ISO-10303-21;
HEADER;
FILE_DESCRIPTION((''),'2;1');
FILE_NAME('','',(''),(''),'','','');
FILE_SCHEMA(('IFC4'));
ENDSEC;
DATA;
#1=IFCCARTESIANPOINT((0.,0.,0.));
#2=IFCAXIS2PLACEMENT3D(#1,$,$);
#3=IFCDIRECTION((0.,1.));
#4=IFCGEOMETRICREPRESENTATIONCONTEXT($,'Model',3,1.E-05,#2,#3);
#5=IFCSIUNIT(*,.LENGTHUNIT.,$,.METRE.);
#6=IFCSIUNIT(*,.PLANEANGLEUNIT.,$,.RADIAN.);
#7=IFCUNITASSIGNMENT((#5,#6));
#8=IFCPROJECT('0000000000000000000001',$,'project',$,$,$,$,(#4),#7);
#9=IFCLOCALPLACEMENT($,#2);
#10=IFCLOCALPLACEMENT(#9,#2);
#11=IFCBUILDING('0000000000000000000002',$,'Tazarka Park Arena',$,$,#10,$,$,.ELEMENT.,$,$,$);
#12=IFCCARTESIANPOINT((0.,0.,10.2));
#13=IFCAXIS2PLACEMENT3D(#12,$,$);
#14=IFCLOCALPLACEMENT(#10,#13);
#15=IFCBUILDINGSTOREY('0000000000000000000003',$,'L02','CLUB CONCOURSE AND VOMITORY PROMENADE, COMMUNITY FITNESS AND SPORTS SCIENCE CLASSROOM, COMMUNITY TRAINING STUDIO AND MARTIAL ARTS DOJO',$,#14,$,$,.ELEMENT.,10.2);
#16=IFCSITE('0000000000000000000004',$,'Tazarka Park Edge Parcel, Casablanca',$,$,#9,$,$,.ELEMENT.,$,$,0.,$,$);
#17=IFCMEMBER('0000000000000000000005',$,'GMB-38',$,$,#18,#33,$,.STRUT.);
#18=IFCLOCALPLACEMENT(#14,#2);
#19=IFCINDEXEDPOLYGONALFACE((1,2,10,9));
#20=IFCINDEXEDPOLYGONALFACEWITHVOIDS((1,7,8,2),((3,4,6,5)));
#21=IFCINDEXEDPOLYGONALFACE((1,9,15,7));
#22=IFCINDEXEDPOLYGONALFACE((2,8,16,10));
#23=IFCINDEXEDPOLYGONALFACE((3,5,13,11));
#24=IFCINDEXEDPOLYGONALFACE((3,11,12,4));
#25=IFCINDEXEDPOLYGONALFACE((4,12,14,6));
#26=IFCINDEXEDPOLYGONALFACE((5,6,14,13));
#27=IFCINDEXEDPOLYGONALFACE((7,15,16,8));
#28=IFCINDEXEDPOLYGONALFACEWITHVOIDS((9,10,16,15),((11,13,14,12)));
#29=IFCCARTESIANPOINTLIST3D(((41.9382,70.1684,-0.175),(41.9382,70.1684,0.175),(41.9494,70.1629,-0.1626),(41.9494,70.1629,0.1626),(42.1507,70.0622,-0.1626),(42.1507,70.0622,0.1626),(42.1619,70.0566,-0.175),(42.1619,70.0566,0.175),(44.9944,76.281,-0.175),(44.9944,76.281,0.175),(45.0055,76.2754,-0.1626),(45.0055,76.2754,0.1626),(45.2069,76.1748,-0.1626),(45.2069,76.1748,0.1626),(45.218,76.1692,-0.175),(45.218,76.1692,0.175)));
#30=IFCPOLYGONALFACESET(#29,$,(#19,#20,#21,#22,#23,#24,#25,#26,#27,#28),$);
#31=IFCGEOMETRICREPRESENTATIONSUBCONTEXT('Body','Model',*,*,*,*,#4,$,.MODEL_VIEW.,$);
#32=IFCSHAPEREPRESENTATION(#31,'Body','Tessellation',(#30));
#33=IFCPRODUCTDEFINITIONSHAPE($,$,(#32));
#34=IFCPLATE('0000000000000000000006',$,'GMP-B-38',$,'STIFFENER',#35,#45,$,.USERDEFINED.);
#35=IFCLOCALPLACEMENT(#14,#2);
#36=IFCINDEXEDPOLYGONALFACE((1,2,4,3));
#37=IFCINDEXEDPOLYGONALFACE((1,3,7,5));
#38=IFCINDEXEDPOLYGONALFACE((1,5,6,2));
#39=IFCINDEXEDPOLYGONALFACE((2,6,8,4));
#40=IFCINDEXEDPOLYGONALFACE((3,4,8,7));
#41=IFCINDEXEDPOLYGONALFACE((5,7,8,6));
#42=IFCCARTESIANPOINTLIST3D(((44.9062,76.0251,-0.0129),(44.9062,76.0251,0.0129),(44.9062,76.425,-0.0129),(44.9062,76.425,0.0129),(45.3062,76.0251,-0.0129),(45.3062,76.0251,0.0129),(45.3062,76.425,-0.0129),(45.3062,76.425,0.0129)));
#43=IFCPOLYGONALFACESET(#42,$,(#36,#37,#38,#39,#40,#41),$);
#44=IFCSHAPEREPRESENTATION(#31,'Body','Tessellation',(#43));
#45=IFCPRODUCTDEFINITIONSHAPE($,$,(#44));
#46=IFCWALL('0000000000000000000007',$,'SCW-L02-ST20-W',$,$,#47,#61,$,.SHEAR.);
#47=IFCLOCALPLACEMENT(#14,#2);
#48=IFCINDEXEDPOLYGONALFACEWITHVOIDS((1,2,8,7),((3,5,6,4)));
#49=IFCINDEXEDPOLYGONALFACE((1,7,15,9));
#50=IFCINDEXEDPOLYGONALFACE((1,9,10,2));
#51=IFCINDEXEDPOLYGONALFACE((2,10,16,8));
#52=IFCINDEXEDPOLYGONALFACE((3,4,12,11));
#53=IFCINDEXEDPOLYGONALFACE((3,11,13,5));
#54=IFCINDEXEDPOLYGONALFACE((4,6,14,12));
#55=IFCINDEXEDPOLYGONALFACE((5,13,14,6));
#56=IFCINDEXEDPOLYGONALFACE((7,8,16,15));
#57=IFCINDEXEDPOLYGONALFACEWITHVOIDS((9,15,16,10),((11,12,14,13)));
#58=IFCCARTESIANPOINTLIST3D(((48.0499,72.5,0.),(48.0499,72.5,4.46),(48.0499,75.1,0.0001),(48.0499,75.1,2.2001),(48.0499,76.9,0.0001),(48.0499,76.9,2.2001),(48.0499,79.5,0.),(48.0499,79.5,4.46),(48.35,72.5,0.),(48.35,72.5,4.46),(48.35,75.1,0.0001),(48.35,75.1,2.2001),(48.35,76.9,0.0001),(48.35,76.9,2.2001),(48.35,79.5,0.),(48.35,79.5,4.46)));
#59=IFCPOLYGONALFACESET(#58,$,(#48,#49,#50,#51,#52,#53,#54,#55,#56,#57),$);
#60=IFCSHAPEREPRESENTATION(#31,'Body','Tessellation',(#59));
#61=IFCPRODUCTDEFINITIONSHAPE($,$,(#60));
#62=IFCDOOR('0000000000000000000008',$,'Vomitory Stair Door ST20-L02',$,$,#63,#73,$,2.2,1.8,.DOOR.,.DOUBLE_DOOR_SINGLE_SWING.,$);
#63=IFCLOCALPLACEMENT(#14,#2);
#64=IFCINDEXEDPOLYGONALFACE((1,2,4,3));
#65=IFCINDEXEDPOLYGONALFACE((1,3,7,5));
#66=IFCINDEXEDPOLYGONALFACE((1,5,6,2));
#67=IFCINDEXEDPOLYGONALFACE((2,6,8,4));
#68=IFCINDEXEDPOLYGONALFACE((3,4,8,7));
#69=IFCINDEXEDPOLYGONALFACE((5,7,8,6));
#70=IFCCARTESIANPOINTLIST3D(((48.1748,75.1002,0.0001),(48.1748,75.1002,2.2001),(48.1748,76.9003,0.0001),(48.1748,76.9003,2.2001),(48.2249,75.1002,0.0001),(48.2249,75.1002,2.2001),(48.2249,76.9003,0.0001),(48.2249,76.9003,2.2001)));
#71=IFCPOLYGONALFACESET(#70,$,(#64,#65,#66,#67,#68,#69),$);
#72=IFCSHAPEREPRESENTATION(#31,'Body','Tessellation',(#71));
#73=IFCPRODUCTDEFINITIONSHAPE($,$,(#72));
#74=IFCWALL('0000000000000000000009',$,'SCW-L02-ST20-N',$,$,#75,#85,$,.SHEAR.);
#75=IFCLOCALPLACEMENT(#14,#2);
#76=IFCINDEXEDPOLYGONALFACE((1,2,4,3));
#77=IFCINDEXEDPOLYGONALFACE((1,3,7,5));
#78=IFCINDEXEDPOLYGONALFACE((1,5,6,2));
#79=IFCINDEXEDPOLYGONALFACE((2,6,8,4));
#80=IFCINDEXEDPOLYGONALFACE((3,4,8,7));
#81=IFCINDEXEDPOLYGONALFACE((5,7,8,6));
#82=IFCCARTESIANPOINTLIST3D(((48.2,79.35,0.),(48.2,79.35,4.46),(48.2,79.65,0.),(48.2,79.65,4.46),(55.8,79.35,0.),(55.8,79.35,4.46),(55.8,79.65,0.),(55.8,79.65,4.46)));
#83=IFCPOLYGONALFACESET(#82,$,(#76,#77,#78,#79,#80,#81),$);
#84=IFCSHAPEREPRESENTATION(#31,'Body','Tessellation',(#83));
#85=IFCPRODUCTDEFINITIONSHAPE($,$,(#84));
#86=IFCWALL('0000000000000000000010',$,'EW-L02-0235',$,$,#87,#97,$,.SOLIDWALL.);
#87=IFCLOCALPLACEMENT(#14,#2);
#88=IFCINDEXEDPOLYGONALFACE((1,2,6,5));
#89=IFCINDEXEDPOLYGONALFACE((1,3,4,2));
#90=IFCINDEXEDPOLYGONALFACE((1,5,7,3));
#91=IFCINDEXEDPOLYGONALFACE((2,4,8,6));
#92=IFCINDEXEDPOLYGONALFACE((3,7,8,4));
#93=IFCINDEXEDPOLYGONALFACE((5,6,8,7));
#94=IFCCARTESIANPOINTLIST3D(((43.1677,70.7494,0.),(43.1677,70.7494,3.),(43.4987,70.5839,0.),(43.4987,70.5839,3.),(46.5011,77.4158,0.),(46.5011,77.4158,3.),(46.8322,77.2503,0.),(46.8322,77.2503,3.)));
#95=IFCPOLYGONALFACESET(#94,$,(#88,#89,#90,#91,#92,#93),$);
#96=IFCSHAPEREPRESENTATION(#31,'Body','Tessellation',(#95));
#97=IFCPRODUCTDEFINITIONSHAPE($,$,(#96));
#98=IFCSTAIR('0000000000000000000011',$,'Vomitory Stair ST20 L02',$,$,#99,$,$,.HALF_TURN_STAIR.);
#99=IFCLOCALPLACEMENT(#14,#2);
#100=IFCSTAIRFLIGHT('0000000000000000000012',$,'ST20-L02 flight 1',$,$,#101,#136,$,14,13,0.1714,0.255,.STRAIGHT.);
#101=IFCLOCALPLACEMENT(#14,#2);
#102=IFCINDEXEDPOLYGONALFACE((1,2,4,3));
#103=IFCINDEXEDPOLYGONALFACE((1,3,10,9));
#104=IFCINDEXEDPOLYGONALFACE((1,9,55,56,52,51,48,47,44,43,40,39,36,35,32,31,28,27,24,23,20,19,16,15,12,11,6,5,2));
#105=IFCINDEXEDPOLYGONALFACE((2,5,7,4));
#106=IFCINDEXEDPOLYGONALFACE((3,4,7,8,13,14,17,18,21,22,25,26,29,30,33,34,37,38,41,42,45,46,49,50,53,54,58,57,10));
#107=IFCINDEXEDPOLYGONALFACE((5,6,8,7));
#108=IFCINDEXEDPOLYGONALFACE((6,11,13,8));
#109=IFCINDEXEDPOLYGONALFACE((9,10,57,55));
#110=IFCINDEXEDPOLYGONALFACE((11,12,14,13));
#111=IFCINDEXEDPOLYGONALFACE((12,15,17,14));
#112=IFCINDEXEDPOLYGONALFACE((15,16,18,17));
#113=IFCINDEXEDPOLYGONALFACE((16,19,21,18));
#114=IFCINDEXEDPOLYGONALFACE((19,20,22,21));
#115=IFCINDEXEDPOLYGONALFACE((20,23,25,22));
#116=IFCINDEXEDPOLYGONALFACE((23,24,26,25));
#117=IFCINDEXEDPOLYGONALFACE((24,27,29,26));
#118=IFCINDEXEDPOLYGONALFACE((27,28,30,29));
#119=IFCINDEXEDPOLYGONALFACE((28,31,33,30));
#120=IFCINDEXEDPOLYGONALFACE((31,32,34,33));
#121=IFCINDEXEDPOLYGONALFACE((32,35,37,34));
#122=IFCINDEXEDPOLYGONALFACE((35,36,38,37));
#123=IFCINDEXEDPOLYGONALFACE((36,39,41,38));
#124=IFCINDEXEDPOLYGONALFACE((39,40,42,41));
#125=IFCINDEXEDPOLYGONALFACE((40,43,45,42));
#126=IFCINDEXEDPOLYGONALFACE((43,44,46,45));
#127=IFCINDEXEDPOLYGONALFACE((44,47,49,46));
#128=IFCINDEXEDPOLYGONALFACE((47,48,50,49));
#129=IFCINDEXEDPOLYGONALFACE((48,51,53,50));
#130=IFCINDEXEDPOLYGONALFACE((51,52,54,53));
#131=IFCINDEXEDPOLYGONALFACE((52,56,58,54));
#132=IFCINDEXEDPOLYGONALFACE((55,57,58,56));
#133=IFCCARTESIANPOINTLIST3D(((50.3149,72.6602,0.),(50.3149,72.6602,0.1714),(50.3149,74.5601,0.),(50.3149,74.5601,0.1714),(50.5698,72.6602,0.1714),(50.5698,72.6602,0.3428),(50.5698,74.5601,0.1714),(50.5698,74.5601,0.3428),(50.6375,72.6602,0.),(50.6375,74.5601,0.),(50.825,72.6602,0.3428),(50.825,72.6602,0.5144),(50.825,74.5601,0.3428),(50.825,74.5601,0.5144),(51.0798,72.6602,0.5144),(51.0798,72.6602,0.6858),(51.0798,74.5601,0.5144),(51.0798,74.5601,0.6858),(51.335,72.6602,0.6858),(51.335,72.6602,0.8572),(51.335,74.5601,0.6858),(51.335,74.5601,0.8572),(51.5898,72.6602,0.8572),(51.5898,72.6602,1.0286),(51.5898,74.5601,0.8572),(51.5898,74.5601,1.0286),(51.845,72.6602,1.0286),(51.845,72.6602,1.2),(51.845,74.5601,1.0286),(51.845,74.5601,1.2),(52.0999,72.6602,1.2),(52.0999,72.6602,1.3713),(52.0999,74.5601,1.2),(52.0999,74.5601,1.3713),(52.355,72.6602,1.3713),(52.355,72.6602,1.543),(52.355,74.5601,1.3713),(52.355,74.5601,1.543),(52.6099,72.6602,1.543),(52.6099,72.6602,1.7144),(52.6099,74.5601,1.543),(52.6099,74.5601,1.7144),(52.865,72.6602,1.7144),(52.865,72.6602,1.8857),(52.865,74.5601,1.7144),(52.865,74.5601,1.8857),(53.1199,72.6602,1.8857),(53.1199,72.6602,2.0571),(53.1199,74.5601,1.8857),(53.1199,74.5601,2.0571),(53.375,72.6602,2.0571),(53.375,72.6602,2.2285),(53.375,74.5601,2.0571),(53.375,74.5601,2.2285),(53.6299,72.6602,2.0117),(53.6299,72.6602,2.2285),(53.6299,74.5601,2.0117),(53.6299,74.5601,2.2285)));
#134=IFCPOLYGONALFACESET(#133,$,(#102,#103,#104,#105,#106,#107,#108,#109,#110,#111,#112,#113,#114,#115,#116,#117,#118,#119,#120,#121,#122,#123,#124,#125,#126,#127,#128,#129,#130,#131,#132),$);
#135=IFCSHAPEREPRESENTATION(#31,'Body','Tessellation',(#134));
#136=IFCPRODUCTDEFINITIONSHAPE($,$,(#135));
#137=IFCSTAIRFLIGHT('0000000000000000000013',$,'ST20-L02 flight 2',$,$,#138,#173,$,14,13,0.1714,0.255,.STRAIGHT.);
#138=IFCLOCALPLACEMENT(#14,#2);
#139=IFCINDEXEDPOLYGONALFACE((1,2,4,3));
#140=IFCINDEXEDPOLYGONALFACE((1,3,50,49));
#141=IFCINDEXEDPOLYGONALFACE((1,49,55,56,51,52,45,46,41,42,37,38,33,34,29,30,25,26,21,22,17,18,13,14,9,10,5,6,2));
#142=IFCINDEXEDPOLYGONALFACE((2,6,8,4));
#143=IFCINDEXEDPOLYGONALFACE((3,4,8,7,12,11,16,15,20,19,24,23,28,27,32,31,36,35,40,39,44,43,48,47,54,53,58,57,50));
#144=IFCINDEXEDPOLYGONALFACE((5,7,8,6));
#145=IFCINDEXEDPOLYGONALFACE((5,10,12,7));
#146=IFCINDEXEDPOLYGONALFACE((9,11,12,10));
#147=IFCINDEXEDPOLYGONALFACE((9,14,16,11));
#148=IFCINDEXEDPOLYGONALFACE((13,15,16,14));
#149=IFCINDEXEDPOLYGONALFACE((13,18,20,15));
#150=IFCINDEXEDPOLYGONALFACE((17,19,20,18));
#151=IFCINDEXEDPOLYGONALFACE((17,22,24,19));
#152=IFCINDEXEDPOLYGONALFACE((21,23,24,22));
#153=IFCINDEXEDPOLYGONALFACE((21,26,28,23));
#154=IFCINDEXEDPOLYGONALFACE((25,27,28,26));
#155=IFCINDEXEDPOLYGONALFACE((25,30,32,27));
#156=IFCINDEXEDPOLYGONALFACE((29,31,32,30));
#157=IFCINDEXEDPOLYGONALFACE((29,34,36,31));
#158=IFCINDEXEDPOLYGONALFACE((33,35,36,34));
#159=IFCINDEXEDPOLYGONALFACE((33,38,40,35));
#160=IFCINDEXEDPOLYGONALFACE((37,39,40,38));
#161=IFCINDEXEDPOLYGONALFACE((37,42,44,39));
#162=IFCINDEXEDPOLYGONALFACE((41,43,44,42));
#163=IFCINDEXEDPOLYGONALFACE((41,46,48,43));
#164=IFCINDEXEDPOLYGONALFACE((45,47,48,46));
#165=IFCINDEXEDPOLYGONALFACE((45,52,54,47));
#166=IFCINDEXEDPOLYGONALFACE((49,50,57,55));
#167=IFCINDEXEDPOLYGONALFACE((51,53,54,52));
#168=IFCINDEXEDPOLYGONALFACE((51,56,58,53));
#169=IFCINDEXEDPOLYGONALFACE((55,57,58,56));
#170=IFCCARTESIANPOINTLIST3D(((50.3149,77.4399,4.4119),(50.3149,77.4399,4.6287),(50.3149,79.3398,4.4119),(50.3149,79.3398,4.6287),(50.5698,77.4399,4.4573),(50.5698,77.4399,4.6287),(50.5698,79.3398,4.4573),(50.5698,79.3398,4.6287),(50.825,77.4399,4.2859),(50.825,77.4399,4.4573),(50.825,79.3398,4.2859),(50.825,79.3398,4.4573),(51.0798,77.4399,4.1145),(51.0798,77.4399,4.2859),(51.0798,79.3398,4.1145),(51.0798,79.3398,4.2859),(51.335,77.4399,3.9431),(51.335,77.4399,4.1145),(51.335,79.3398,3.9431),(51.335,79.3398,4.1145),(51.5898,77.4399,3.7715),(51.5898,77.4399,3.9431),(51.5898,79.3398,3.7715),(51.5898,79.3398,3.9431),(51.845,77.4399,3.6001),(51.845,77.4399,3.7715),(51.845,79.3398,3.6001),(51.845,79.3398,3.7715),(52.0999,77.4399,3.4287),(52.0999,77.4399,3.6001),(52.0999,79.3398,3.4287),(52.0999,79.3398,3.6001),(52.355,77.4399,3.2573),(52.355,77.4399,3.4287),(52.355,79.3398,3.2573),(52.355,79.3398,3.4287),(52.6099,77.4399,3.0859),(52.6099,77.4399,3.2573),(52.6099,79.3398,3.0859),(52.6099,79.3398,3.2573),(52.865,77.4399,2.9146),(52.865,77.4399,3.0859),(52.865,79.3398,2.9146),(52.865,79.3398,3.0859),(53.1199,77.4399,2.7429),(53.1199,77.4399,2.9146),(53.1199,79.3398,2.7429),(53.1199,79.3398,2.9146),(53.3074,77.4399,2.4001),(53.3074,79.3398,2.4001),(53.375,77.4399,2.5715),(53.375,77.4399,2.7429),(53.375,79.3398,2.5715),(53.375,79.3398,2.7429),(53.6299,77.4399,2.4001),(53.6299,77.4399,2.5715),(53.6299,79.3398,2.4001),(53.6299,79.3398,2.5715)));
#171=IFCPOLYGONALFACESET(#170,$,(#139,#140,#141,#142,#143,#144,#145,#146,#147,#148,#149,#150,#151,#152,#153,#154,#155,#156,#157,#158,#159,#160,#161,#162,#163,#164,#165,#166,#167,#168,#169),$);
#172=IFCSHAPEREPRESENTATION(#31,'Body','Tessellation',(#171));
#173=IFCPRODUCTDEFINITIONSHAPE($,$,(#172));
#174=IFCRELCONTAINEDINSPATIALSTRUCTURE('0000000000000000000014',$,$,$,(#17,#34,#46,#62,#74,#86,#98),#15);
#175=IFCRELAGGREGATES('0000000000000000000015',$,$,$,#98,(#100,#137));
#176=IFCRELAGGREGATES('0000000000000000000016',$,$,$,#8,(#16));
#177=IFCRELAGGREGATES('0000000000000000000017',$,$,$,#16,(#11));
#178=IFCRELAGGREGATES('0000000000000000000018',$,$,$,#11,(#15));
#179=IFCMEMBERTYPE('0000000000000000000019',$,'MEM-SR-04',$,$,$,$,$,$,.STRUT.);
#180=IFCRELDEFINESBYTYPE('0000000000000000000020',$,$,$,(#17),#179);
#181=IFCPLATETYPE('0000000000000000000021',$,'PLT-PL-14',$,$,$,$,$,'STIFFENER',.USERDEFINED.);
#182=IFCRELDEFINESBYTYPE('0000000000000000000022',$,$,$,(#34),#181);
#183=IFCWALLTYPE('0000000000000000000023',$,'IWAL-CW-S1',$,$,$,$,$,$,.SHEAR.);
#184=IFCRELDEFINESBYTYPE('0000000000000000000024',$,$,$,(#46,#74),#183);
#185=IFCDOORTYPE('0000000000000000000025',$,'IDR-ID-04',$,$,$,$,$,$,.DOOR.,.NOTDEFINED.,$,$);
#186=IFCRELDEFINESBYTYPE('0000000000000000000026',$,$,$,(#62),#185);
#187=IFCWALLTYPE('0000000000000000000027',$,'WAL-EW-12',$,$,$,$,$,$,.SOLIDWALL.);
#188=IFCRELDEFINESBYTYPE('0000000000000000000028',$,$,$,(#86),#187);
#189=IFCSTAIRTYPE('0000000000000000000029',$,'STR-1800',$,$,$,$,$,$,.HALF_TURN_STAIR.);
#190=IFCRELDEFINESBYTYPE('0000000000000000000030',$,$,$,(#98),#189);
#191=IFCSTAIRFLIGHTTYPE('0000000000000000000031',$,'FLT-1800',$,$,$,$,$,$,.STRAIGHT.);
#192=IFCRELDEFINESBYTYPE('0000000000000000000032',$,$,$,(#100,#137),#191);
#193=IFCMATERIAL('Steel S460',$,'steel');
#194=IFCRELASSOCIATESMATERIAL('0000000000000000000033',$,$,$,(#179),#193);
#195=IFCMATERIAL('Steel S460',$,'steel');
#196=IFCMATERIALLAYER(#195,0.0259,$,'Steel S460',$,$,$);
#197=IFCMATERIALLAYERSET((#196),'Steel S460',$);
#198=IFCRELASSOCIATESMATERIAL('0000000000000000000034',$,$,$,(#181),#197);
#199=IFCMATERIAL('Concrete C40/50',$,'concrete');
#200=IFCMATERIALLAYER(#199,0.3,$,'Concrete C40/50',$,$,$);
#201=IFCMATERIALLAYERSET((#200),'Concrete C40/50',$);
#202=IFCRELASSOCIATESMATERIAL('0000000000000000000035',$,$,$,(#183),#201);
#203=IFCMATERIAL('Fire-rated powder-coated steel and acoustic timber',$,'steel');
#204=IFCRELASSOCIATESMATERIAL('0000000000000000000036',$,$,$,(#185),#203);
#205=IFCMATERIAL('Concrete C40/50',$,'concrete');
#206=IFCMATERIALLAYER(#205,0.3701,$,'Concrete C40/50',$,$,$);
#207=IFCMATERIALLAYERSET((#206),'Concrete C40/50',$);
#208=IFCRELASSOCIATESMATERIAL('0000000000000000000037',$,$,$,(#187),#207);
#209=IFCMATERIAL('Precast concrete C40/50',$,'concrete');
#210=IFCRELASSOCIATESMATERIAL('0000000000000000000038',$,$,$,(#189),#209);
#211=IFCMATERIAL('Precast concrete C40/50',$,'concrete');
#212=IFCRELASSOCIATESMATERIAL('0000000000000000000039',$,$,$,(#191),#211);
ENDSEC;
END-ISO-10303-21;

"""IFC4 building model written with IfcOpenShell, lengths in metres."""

from ifc_helpers import new_model, si_unit, direction, frame, frame_2d, origin, origin_2d, place, context, subcontext, project, spatial, polyline, rectangle, hollow_rectangle, outline, extrude, material, layer, layer_set, material_profile, profile_set, type_object, element, fill, aggregate, save


model = new_model("IFC4")

# Units and contexts
model_context = context("Model", 3, precision=1e-05, world=origin(), true_north=direction((0.0, 1.0)))
body_context = subcontext(model_context, "Body", "Model", "MODEL_VIEW")
ifc_project = project(units=[si_unit("LENGTHUNIT", "METRE"), si_unit("PLANEANGLEUNIT", "RADIAN")], contexts=[model_context])

# Site, building, storey
site_placement = place(None, origin())
site = spatial("IfcSite", under=ifc_project, at=site_placement, Name="Tazarka Park Edge Parcel, Casablanca", CompositionType="ELEMENT", RefElevation=0.0)
building_placement = place(site_placement, origin())
building = spatial("IfcBuilding", under=site, at=building_placement, Name="Tazarka Park Arena", CompositionType="ELEMENT")
storey_placement = place(building_placement, frame((0.0, 0.0, 10.2)))
storey = spatial("IfcBuildingStorey", under=building, at=storey_placement, Name="L02", Description="CLUB CONCOURSE AND VOMITORY PROMENADE, COMMUNITY FITNESS AND SPORTS SCIENCE CLASSROOM, COMMUNITY TRAINING STUDIO AND MARTIAL ARTS DOJO", CompositionType="ELEMENT", Elevation=10.2)

# Member
ifc_material_1 = material(Name="Steel S460", Category="steel")
ifc_material_profile_1 = material_profile(ifc_material_1, hollow_rectangle(XDim=0.25, YDim=0.3501, WallThickness=0.0125, at=origin_2d()), Name="Steel S460")
ifc_profile_set_1 = profile_set([ifc_material_profile_1], Name="Steel S460")
member_type_1 = type_object("IfcMemberType", Name="MEM-SR-04", PredefinedType="STRUT", material=ifc_profile_set_1)
member_1_placement = place(storey_placement, frame((45.1062, 76.2251, 0.0), z_axis=(-0.447199, -0.894434, 0.0), x_axis=(0.894434, -0.447199, 0.0)))
element("IfcMember", 1, at=member_1_placement, inside=storey, type_object=member_type_1, Name="GMB-38", PredefinedType="STRUT", context=body_context, shape_type="SweptSolid", body=[
    extrude(hollow_rectangle(XDim=0.25, YDim=0.3501, WallThickness=0.0125, at=origin_2d()), origin(), (0.0, 0.0, 1.0), 6.834),
])

# Plate
ifc_material_2 = material(Name="Steel S460", Category="steel")
ifc_layer_1 = layer(ifc_material_2, 0.0259, Name="Steel S460")
ifc_layer_set_1 = layer_set([ifc_layer_1], Name="Steel S460")
plate_type = type_object("IfcPlateType", Name="PLT-PL-14", ElementType="STIFFENER", PredefinedType="USERDEFINED", material=ifc_layer_set_1)
plate_placement = place(storey_placement, frame((45.1062, 76.2251, -0.0129), z_axis=(0.0, 0.0, 1.0), x_axis=(1.0, 0.0, 0.0)))
element("IfcPlate", 2, at=plate_placement, inside=storey, type_object=plate_type, Name="GMP-B-38", ObjectType="STIFFENER", PredefinedType="USERDEFINED", context=body_context, shape_type="SweptSolid", body=[
    extrude(rectangle(XDim=0.3999, YDim=0.3999, at=origin_2d()), origin(), (0.0, 0.0, 1.0), 0.0259),
])

# Wall, opening, door
ifc_material_3 = material(Name="Concrete C40/50", Category="concrete")
ifc_layer_2 = layer(ifc_material_3, 0.3, Name="Concrete C40/50")
ifc_layer_set_2 = layer_set([ifc_layer_2], Name="Concrete C40/50")
wall_type_1 = type_object("IfcWallType", Name="IWAL-CW-S1", PredefinedType="SHEAR", material=ifc_layer_set_2)
wall_1_placement = place(storey_placement, frame((48.2, 72.5, 0.0), z_axis=(0.0, 0.0, 1.0), x_axis=(0.0, 1.0, 0.0)))
wall_1 = element("IfcWall", 3, at=wall_1_placement, inside=storey, type_object=wall_type_1, Name="SCW-L02-ST20-W", PredefinedType="SHEAR", context=body_context, shape_type="SweptSolid", body=[
    extrude(rectangle(XDim=7.0, YDim=0.3, at=frame_2d((3.5, 0.0))), origin(), (0.0, 0.0, 1.0), 4.46),
])
opening_placement = place(wall_1_placement, frame((2.6001, 0.0, 0.0)))
opening = element("IfcOpeningElement", 4, at=opening_placement, cuts=wall_1, PredefinedType="OPENING", context=body_context, shape_type="SweptSolid", body=[
    extrude(rectangle(XDim=1.8, YDim=2.2, at=frame_2d((0.8999, 1.1001))), frame((0.0, 0.1602, 0.0), z_axis=(0.0, -1.0, 0.0), x_axis=(1.0, 0.0, 0.0)), (0.0, 0.0, 1.0), 0.3201),
])
ifc_material_4 = material(Name="Fire-rated powder-coated steel and acoustic timber", Category="steel")
door_type = type_object("IfcDoorType", Name="IDR-ID-04", OperationType="NOTDEFINED", PredefinedType="DOOR", material=ifc_material_4)
door_placement = place(opening_placement, frame((1.8, 0.0, 0.0), z_axis=(0.0, 0.0, 1.0), x_axis=(-1.0, 0.0, 0.0)))
door = element("IfcDoor", 5, at=door_placement, inside=storey, type_object=door_type, Name="Vomitory Stair Door ST20-L02", OperationType="DOUBLE_DOOR_SINGLE_SWING", OverallHeight=2.2, OverallWidth=1.8, PredefinedType="DOOR", context=body_context, shape_type="SweptSolid", body=[
    extrude(rectangle(XDim=1.8, YDim=2.2, at=frame_2d((0.8999, 1.1001))), frame((0.0, 0.0249, 0.0), z_axis=(0.0, -1.0, 0.0), x_axis=(1.0, 0.0, 0.0)), (0.0, 0.0, 1.0), 0.05),
])
fill(opening, door)

# Walls
wall_2_placement = place(storey_placement, frame((48.2, 79.5, 0.0), z_axis=(0.0, 0.0, 1.0), x_axis=(1.0, 0.0, 0.0)))
element("IfcWall", 6, at=wall_2_placement, inside=storey, type_object=wall_type_1, Name="SCW-L02-ST20-N", PredefinedType="SHEAR", context=body_context, shape_type="SweptSolid", body=[
    extrude(rectangle(XDim=7.6001, YDim=0.3, at=frame_2d((3.8, 0.0))), origin(), (0.0, 0.0, 1.0), 4.46),
])
ifc_material_5 = material(Name="Concrete C40/50", Category="concrete")
ifc_layer_3 = layer(ifc_material_5, 0.3701, Name="Concrete C40/50")
ifc_layer_set_3 = layer_set([ifc_layer_3], Name="Concrete C40/50")
wall_type_2 = type_object("IfcWallType", Name="WAL-EW-12", PredefinedType="SOLIDWALL", material=ifc_layer_set_3)
wall_3_placement = place(storey_placement, frame((43.3333, 70.6667, 0.0), z_axis=(0.0, 0.0, 1.0), x_axis=(0.44724, 0.894414, 0.0)))
element("IfcWall", 7, at=wall_3_placement, inside=storey, type_object=wall_type_2, Name="EW-L02-0235", PredefinedType="SOLIDWALL", context=body_context, shape_type="SweptSolid", body=[
    extrude(rectangle(XDim=7.4534, YDim=0.3701, at=frame_2d((3.7266, 0.0))), origin(), (0.0, 0.0, 1.0), 3.0),
])

# Stair, stair flights
ifc_material_6 = material(Name="Precast concrete C40/50", Category="concrete")
stair_type = type_object("IfcStairType", Name="STR-1800", PredefinedType="HALF_TURN_STAIR", material=ifc_material_6)
stair_placement = place(storey_placement, origin())
stair = element("IfcStair", 8, at=stair_placement, inside=storey, type_object=stair_type, Name="Vomitory Stair ST20 L02", PredefinedType="HALF_TURN_STAIR")
ifc_material_7 = material(Name="Precast concrete C40/50", Category="concrete")
stair_flight_type = type_object("IfcStairFlightType", Name="FLT-1800", PredefinedType="STRAIGHT", material=ifc_material_7)
stair_flight_1_placement = place(storey_placement, frame((50.3149, 73.6101, 0.0), z_axis=(0.0, 0.0, 1.0), x_axis=(1.0, 0.0, 0.0)))
stair_flight_1 = element("IfcStairFlight", 9, at=stair_flight_1_placement, type_object=stair_flight_type, Name="ST20-L02 flight 1", NumberOfRisers=14, NumberOfTreads=13, PredefinedType="STRAIGHT", RiserHeight=0.1714, TreadLength=0.255, context=body_context, shape_type="SweptSolid", body=[
    extrude(outline(polyline([(0.0, 0.0), (0.0, 0.1714), (0.2549, 0.1714), (0.2549, 0.3428), (0.51, 0.3428), (0.51, 0.5144), (0.7649, 0.5144), (0.7649, 0.6858), (1.02, 0.6858), (1.02, 0.8572), (1.2749, 0.8572), (1.2749, 1.0286), (1.53, 1.0286), (1.53, 1.2), (1.7849, 1.2), (1.7849, 1.3713), (2.04, 1.3713), (2.04, 1.543), (2.2949, 1.543), (2.2949, 1.7144), (2.55, 1.7144), (2.55, 1.8857), (2.8049, 1.8857), (2.8049, 2.0571), (3.0601, 2.0571), (3.0601, 2.2285), (3.3149, 2.2285), (3.3149, 2.3999), (3.3149, 2.0117), (0.3225, 0.0), (0.0, 0.0)])), frame((0.0, 0.95, 0.0), z_axis=(0.0, -1.0, 0.0), x_axis=(1.0, 0.0, 0.0)), (0.0, 0.0, 1.0), 1.8999),
])
stair_flight_2_placement = place(storey_placement, frame((53.6299, 78.3899, 2.4001), z_axis=(0.0, 0.0, 1.0), x_axis=(-1.0, 0.0, 0.0)))
stair_flight_2 = element("IfcStairFlight", 10, at=stair_flight_2_placement, type_object=stair_flight_type, Name="ST20-L02 flight 2", NumberOfRisers=14, NumberOfTreads=13, PredefinedType="STRAIGHT", RiserHeight=0.1714, TreadLength=0.255, context=body_context, shape_type="SweptSolid", body=[
    extrude(outline(polyline([(0.0, 0.0), (0.0, 0.1714), (0.2549, 0.1714), (0.2549, 0.3428), (0.51, 0.3428), (0.51, 0.5144), (0.7649, 0.5144), (0.7649, 0.6858), (1.02, 0.6858), (1.02, 0.8572), (1.2749, 0.8572), (1.2749, 1.0286), (1.53, 1.0286), (1.53, 1.2), (1.7849, 1.2), (1.7849, 1.3713), (2.04, 1.3713), (2.04, 1.543), (2.2949, 1.543), (2.2949, 1.7144), (2.55, 1.7144), (2.55, 1.8857), (2.8049, 1.8857), (2.8049, 2.0571), (3.0601, 2.0571), (3.0601, 2.2285), (3.3149, 2.2285), (3.3149, 2.3999), (3.3149, 2.0117), (0.3225, 0.0), (0.0, 0.0)])), frame((0.0, 0.95, 0.0), z_axis=(0.0, -1.0, 0.0), x_axis=(1.0, 0.0, 0.0)), (0.0, 0.0, 1.0), 1.8999),
])
aggregate(stair, [stair_flight_1, stair_flight_2])

save(model, "model.ifc")
